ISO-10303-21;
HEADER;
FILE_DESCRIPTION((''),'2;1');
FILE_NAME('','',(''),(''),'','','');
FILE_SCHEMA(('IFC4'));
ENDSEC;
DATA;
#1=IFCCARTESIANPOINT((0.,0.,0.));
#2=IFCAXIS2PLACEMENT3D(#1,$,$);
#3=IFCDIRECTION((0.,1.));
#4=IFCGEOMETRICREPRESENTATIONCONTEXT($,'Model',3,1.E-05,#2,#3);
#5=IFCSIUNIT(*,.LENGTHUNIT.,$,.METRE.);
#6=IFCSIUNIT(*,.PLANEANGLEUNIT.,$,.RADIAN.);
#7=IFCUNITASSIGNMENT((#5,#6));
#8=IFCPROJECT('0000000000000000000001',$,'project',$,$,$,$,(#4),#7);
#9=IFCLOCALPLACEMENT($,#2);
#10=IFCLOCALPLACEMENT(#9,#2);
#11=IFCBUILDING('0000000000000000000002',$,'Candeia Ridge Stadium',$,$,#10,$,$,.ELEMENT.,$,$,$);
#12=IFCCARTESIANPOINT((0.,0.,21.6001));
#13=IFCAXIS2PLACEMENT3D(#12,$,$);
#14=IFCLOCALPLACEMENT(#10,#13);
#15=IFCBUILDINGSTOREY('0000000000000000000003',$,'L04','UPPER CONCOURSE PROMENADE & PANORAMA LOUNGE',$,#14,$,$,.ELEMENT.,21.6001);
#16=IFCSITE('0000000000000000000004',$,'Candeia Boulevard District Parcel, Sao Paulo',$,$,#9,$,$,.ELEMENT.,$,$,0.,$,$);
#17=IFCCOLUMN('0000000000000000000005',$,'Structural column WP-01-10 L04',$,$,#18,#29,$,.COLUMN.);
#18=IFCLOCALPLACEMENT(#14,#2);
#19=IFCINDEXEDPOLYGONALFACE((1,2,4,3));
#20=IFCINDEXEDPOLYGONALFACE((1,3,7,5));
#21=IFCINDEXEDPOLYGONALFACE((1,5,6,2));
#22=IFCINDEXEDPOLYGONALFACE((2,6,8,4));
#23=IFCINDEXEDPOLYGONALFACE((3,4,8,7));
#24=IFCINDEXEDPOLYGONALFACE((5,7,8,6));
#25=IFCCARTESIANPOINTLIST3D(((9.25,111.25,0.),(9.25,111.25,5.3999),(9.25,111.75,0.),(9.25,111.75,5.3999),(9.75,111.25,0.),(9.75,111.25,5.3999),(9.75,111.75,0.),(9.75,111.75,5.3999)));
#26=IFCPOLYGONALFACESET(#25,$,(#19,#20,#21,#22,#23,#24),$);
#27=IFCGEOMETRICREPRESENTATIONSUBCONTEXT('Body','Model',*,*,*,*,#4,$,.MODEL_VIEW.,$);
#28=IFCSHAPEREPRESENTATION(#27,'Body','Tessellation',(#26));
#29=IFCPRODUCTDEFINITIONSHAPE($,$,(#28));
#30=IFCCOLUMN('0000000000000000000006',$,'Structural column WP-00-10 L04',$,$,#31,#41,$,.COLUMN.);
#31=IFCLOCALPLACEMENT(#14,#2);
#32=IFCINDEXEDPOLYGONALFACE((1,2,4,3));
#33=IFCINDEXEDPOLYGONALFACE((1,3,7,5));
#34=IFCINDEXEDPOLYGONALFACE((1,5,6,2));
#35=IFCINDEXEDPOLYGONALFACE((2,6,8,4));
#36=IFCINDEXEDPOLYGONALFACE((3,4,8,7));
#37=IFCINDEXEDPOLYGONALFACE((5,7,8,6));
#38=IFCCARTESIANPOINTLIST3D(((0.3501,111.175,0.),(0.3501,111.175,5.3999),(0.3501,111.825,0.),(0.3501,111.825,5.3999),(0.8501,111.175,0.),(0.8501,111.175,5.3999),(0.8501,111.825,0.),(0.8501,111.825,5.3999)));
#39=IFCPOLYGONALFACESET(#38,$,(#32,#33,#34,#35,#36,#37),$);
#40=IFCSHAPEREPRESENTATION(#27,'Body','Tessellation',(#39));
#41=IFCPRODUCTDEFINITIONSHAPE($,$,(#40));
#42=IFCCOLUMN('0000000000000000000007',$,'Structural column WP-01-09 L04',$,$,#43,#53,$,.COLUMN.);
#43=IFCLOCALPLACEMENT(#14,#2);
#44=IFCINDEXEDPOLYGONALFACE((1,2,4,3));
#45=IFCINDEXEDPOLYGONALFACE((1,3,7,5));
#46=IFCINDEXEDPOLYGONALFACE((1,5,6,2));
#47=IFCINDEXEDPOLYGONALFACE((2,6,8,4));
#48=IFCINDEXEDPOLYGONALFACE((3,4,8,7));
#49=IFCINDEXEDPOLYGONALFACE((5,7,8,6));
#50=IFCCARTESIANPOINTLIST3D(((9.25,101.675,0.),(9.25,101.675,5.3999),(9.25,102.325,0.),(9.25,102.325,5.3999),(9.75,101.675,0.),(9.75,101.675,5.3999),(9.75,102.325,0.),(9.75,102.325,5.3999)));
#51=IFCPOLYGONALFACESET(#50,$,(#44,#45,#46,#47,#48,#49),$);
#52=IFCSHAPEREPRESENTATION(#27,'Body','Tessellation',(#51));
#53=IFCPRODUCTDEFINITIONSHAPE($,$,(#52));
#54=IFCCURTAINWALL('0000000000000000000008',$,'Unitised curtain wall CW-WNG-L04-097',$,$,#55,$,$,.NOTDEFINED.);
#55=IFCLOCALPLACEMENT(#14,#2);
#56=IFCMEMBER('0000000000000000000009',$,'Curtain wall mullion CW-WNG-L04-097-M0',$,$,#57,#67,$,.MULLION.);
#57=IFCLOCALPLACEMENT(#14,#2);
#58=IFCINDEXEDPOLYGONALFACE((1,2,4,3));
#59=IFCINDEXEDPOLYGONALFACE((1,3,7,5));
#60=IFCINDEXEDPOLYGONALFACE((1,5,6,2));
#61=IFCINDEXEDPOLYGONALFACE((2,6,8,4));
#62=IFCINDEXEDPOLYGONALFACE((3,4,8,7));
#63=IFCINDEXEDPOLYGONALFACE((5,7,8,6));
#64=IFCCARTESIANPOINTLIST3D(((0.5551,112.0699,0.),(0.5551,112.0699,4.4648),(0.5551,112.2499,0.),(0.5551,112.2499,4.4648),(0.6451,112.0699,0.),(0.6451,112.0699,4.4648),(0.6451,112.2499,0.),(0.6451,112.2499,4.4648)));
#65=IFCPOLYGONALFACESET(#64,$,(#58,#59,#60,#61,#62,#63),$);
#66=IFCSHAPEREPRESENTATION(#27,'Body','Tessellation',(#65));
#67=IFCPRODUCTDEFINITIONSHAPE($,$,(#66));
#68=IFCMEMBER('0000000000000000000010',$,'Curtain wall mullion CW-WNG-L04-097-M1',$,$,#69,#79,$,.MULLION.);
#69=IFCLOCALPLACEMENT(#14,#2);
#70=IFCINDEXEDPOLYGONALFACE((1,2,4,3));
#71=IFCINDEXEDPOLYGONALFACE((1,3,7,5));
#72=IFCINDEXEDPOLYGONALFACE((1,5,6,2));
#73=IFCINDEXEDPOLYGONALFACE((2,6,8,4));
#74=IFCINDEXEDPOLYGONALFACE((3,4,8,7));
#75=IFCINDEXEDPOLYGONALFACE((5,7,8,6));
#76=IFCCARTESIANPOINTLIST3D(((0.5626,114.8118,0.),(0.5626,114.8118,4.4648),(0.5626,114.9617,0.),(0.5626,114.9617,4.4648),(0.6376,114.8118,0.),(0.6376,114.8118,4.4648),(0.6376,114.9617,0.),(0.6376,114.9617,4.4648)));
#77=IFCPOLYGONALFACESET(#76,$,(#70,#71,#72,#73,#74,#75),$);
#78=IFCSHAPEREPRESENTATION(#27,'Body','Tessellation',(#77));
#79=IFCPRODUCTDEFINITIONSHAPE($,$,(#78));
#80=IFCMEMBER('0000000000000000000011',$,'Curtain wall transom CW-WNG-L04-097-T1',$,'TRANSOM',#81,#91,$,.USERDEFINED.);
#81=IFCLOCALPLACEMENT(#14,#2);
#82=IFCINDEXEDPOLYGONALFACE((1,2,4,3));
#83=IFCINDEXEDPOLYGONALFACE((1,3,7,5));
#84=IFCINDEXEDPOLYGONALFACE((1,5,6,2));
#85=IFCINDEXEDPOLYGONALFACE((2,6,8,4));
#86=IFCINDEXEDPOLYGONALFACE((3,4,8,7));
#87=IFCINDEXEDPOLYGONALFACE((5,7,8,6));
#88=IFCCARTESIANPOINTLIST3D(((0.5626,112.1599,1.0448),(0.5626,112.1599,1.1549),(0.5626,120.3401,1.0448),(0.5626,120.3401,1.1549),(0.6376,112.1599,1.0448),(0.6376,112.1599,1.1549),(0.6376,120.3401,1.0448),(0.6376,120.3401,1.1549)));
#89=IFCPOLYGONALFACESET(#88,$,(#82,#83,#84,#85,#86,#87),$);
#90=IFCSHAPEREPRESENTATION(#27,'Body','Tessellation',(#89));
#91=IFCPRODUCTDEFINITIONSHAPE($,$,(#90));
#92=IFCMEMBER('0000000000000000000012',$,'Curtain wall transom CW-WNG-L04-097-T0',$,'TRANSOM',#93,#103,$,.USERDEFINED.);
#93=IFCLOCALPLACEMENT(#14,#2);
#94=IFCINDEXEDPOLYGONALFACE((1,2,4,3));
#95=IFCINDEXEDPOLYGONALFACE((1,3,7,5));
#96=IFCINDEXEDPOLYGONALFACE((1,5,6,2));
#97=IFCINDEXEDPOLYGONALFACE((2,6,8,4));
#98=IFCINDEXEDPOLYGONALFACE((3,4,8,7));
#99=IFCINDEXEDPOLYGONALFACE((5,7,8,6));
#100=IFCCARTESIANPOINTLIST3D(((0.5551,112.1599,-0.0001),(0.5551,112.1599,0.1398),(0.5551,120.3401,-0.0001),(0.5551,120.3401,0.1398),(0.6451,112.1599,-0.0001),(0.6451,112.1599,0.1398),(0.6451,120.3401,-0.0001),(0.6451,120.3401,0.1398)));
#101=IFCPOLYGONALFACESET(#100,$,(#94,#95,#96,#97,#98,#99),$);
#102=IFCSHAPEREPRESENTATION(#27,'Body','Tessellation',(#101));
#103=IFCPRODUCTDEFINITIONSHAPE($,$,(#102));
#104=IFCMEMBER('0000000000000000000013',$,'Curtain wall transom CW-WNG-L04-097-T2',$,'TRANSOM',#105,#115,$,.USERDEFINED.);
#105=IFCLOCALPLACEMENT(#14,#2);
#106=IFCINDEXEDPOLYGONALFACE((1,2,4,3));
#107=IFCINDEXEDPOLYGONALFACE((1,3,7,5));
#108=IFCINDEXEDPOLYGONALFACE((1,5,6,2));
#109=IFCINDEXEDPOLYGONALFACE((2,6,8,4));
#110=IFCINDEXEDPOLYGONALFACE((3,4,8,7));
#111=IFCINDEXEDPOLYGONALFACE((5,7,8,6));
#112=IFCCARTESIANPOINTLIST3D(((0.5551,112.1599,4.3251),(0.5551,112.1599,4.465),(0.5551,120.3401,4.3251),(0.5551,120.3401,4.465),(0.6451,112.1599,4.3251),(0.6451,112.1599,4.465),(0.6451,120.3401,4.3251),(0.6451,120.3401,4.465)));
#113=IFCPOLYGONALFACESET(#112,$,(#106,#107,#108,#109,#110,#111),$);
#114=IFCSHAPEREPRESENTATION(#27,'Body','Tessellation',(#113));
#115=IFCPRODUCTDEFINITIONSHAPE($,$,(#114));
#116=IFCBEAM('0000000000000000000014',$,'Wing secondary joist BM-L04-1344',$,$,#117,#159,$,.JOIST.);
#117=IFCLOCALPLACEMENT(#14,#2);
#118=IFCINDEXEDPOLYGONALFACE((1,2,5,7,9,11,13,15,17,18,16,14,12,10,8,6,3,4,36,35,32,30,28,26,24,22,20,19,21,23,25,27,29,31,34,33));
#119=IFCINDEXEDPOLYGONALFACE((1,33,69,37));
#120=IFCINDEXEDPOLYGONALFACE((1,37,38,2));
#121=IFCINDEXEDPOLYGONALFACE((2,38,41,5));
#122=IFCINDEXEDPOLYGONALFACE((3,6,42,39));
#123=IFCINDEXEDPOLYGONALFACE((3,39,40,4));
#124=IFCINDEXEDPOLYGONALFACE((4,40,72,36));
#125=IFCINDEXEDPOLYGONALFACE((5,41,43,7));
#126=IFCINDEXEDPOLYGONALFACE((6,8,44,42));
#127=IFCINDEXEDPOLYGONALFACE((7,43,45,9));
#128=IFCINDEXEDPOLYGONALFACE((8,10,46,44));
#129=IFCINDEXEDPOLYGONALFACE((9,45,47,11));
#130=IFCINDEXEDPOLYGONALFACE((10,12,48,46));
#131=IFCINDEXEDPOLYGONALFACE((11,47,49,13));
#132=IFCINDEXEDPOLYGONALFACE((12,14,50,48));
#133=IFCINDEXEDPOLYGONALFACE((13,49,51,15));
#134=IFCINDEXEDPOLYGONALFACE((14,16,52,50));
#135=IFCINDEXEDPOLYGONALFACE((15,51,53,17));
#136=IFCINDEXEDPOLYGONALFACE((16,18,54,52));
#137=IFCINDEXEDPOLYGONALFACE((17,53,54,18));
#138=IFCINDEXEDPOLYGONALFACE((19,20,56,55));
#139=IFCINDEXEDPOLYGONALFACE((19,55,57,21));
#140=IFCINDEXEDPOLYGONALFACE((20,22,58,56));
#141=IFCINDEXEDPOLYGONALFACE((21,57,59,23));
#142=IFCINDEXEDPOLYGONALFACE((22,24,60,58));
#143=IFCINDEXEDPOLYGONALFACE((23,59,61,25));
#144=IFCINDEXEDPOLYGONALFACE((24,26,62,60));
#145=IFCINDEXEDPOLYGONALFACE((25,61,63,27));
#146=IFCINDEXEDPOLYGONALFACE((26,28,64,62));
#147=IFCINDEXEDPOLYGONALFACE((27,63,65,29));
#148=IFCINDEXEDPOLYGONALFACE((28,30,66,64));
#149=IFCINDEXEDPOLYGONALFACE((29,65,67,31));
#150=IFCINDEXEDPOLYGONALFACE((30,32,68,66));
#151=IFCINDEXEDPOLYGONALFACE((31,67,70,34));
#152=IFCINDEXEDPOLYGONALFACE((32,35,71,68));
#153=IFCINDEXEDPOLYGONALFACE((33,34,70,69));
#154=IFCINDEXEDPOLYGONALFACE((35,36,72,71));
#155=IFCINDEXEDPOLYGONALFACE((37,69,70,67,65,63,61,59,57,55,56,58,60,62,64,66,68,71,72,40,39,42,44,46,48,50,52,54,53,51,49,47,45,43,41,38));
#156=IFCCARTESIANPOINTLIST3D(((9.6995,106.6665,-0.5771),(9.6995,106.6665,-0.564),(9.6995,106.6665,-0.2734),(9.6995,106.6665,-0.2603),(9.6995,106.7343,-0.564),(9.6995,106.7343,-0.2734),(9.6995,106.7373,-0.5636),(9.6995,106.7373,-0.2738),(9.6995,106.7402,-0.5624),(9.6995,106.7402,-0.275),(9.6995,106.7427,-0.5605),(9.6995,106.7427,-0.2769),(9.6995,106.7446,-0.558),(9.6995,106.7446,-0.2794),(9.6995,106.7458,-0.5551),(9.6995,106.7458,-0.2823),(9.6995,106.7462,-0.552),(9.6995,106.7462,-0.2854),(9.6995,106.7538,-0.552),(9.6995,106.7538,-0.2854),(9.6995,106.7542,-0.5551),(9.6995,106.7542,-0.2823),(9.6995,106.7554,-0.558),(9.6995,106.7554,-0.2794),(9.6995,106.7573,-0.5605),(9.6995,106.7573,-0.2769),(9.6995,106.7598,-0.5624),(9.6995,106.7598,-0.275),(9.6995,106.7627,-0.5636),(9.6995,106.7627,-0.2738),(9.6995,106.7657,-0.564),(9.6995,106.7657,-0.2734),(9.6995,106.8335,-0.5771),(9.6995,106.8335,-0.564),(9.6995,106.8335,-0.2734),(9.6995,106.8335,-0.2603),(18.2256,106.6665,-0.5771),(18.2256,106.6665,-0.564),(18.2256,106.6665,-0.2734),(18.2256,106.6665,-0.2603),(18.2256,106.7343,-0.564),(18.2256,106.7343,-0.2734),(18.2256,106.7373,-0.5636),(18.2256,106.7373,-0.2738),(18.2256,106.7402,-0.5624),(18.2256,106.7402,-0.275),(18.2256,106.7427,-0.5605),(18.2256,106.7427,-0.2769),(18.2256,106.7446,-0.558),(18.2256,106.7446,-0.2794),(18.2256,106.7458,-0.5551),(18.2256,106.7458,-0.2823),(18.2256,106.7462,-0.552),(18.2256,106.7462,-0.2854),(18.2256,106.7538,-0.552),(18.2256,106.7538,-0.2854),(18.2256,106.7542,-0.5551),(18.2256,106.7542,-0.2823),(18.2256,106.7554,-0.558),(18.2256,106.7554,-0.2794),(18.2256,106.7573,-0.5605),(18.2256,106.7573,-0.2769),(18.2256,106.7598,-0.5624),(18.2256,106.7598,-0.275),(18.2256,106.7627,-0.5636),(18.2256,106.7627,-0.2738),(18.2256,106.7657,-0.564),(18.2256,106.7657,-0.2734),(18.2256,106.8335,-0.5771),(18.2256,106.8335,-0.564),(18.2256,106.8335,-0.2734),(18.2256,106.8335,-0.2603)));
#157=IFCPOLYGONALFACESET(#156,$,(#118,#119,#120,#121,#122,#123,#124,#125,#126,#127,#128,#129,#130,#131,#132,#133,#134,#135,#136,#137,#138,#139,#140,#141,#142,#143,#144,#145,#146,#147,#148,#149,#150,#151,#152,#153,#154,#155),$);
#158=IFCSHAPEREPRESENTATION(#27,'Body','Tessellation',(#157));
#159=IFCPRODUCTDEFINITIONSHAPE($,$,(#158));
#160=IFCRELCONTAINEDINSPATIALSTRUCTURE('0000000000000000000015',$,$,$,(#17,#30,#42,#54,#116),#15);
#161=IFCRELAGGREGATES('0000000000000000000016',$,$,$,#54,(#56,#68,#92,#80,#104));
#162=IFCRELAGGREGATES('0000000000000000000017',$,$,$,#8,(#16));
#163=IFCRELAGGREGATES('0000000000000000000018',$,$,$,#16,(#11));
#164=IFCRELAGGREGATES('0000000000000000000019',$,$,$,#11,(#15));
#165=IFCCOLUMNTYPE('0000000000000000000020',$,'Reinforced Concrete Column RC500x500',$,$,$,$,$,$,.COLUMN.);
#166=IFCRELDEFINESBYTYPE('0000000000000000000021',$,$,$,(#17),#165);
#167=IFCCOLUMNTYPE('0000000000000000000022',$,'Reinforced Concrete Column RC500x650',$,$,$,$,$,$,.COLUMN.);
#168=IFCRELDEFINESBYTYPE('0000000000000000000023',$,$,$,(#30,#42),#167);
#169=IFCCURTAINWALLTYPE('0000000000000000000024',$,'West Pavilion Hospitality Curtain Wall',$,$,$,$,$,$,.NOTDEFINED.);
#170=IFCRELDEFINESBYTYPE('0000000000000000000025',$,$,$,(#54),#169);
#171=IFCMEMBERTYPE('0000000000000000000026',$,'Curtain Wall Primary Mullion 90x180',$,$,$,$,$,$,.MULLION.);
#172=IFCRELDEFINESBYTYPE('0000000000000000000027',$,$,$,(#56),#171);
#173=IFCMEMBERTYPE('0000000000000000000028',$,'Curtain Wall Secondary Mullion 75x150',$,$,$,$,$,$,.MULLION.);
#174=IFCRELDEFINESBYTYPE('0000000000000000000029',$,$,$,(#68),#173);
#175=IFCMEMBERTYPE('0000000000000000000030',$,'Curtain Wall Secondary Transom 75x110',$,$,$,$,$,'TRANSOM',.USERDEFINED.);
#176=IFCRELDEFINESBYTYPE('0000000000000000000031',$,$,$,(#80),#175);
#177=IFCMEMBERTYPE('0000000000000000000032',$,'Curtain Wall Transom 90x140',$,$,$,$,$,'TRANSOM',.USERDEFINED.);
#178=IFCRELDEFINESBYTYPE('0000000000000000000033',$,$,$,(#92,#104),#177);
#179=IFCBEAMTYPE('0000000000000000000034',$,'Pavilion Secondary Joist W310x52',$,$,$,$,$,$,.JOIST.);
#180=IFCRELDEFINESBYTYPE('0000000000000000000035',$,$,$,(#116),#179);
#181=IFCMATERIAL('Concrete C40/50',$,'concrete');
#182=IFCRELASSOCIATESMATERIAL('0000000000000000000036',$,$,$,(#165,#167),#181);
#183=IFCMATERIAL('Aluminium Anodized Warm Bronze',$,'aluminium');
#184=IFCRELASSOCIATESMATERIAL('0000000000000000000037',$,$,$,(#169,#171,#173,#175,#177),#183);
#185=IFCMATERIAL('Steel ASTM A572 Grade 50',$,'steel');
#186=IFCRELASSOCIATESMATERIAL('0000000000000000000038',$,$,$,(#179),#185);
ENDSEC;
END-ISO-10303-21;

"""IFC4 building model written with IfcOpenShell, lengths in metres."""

from ifc_helpers import new_model, si_unit, direction, frame, origin, origin_2d, place, context, subcontext, project, spatial, rectangle, i_section, extrude, material, material_profile, profile_set, type_object, element, aggregate, save


model = new_model("IFC4")

# Units and contexts
model_context = context("Model", 3, precision=1e-05, world=origin(), true_north=direction((0.0, 1.0)))
body_context = subcontext(model_context, "Body", "Model", "MODEL_VIEW")
ifc_project = project(units=[si_unit("LENGTHUNIT", "METRE"), si_unit("PLANEANGLEUNIT", "RADIAN")], contexts=[model_context])

# Site, building, storey
site_placement = place(None, origin())
site = spatial("IfcSite", under=ifc_project, at=site_placement, Name="Candeia Boulevard District Parcel, Sao Paulo", CompositionType="ELEMENT", RefElevation=0.0)
building_placement = place(site_placement, origin())
building = spatial("IfcBuilding", under=site, at=building_placement, Name="Candeia Ridge Stadium", CompositionType="ELEMENT")
storey_placement = place(building_placement, frame((0.0, 0.0, 21.6001)))
storey = spatial("IfcBuildingStorey", under=building, at=storey_placement, Name="L04", Description="UPPER CONCOURSE PROMENADE & PANORAMA LOUNGE", CompositionType="ELEMENT", Elevation=21.6001)

# Columns
ifc_material_1 = material(Name="Concrete C40/50", Category="concrete")
ifc_material_profile_1 = material_profile(ifc_material_1, rectangle(XDim=0.5, YDim=0.5, at=origin_2d()), Name="RC500x500", Category="concrete")
ifc_profile_set_1 = profile_set([ifc_material_profile_1], Name="Concrete C40/50")
column_type_1 = type_object("IfcColumnType", Name="Reinforced Concrete Column RC500x500", PredefinedType="COLUMN", material=ifc_profile_set_1)
column_placement = place(storey_placement, frame((9.5, 111.5, 0.0), z_axis=(0.0, 0.0, 1.0), x_axis=(1.0, 0.0, 0.0)))
element("IfcColumn", 1, at=column_placement, inside=storey, type_object=column_type_1, Name="Structural column WP-01-10 L04", PredefinedType="COLUMN", context=body_context, shape_type="SweptSolid", body=[
    extrude(rectangle(XDim=0.5, YDim=0.5, at=origin_2d()), origin(), (0.0, 0.0, 1.0), 5.3999),
])
ifc_material_profile_2 = material_profile(ifc_material_1, rectangle(XDim=0.5, YDim=0.6499, at=origin_2d()), Name="RC500x650", Category="concrete")
ifc_profile_set_2 = profile_set([ifc_material_profile_2], Name="Concrete C40/50")
column_type_2 = type_object("IfcColumnType", Name="Reinforced Concrete Column RC500x650", PredefinedType="COLUMN", material=ifc_profile_set_2)
for number, where, z_axis, x_axis, name in (
    (2, (0.6001, 111.5, 0.0), (0.0, 0.0, 1.0), (1.0, 0.0, 0.0), "Structural column WP-00-10 L04"),
    (3, (9.5, 102.0, 0.0), (0.0, 0.0, 1.0), (1.0, 0.0, 0.0), "Structural column WP-01-09 L04"),
):
    element("IfcColumn", number, at=place(storey_placement, frame(where, z_axis=z_axis, x_axis=x_axis)), inside=storey, type_object=column_type_2, Name=name, PredefinedType="COLUMN", context=body_context, shape_type="SweptSolid", body=[
        extrude(rectangle(XDim=0.5, YDim=0.6499, at=origin_2d()), origin(), (0.0, 0.0, 1.0), 5.3999),
    ])

# Curtain wall, members
ifc_material_2 = material(Name="Aluminium Anodized Warm Bronze", Category="aluminium")
curtain_wall_type = type_object("IfcCurtainWallType", Name="West Pavilion Hospitality Curtain Wall", PredefinedType="NOTDEFINED", material=ifc_material_2)
curtain_wall_placement = place(storey_placement, origin())
curtain_wall = element("IfcCurtainWall", 4, at=curtain_wall_placement, inside=storey, type_object=curtain_wall_type, Name="Unitised curtain wall CW-WNG-L04-097", PredefinedType="NOTDEFINED")
ifc_material_profile_3 = material_profile(ifc_material_2, rectangle(XDim=0.0901, YDim=0.1799, at=origin_2d()), Name="CWM-90x180", Category="aluminium")
ifc_profile_set_3 = profile_set([ifc_material_profile_3], Name="Aluminium Anodized Warm Bronze")
member_type_1 = type_object("IfcMemberType", Name="Curtain Wall Primary Mullion 90x180", PredefinedType="MULLION", material=ifc_profile_set_3)
member_1_placement = place(storey_placement, frame((0.6001, 112.1599, 0.0), z_axis=(0.0, 0.0, 1.0), x_axis=(1.0, 0.0, 0.0)))
member_1 = element("IfcMember", 5, at=member_1_placement, type_object=member_type_1, Name="Curtain wall mullion CW-WNG-L04-097-M0", PredefinedType="MULLION", context=body_context, shape_type="SweptSolid", body=[
    extrude(rectangle(XDim=0.0901, YDim=0.1799, at=origin_2d()), origin(), (0.0, 0.0, 1.0), 4.4648),
])
ifc_material_profile_4 = material_profile(ifc_material_2, rectangle(XDim=0.075, YDim=0.1499, at=origin_2d()), Name="CWM-75x150", Category="aluminium")
ifc_profile_set_4 = profile_set([ifc_material_profile_4], Name="Aluminium Anodized Warm Bronze")
member_type_2 = type_object("IfcMemberType", Name="Curtain Wall Secondary Mullion 75x150", PredefinedType="MULLION", material=ifc_profile_set_4)
member_2_placement = place(storey_placement, frame((0.6001, 114.8867, 0.0), z_axis=(0.0, 0.0, 1.0), x_axis=(1.0, 0.0, 0.0)))
member_2 = element("IfcMember", 6, at=member_2_placement, type_object=member_type_2, Name="Curtain wall mullion CW-WNG-L04-097-M1", PredefinedType="MULLION", context=body_context, shape_type="SweptSolid", body=[
    extrude(rectangle(XDim=0.075, YDim=0.1499, at=origin_2d()), origin(), (0.0, 0.0, 1.0), 4.4648),
])
ifc_material_profile_5 = material_profile(ifc_material_2, rectangle(XDim=0.075, YDim=0.1101, at=origin_2d()), Name="CWT-75x110", Category="aluminium")
ifc_profile_set_5 = profile_set([ifc_material_profile_5], Name="Aluminium Anodized Warm Bronze")
member_type_3 = type_object("IfcMemberType", Name="Curtain Wall Secondary Transom 75x110", ElementType="TRANSOM", PredefinedType="USERDEFINED", material=ifc_profile_set_5)
member_3_placement = place(storey_placement, frame((0.6001, 112.1599, 1.0999), z_axis=(0.0, 1.0, 0.0), x_axis=(-1.0, 0.0, 0.0)))
member_3 = element("IfcMember", 7, at=member_3_placement, type_object=member_type_3, Name="Curtain wall transom CW-WNG-L04-097-T1", ObjectType="TRANSOM", PredefinedType="USERDEFINED", context=body_context, shape_type="SweptSolid", body=[
    extrude(rectangle(XDim=0.075, YDim=0.1101, at=origin_2d()), origin(), (0.0, 0.0, 1.0), 8.1802),
])
ifc_material_profile_6 = material_profile(ifc_material_2, rectangle(XDim=0.0901, YDim=0.1399, at=origin_2d()), Name="CWT-90x140", Category="aluminium")
ifc_profile_set_6 = profile_set([ifc_material_profile_6], Name="Aluminium Anodized Warm Bronze")
member_type_4 = type_object("IfcMemberType", Name="Curtain Wall Transom 90x140", ElementType="TRANSOM", PredefinedType="USERDEFINED", material=ifc_profile_set_6)
member_4_placement = place(storey_placement, frame((0.6001, 112.1599, 0.0698), z_axis=(0.0, 1.0, 0.0), x_axis=(-1.0, 0.0, 0.0)))
member_4 = element("IfcMember", 8, at=member_4_placement, type_object=member_type_4, Name="Curtain wall transom CW-WNG-L04-097-T0", ObjectType="TRANSOM", PredefinedType="USERDEFINED", context=body_context, shape_type="SweptSolid", body=[
    extrude(rectangle(XDim=0.0901, YDim=0.1399, at=origin_2d()), origin(), (0.0, 0.0, 1.0), 8.1802),
])
member_5_placement = place(storey_placement, frame((0.6001, 112.1599, 4.395), z_axis=(0.0, 1.0, 0.0), x_axis=(-1.0, 0.0, 0.0)))
member_5 = element("IfcMember", 9, at=member_5_placement, type_object=member_type_4, Name="Curtain wall transom CW-WNG-L04-097-T2", ObjectType="TRANSOM", PredefinedType="USERDEFINED", context=body_context, shape_type="SweptSolid", body=[
    extrude(rectangle(XDim=0.0901, YDim=0.1399, at=origin_2d()), origin(), (0.0, 0.0, 1.0), 8.1802),
])

# Beam
ifc_material_3 = material(Name="Steel ASTM A572 Grade 50", Category="steel")
ifc_material_profile_7 = material_profile(ifc_material_3, i_section(OverallWidth=0.167, OverallDepth=0.3169, WebThickness=0.0076, FlangeThickness=0.0132, FilletRadius=0.012, at=origin_2d()), Name="W310x52", Category="steel")
ifc_profile_set_7 = profile_set([ifc_material_profile_7], Name="Steel ASTM A572 Grade 50")
beam_type_1 = type_object("IfcBeamType", Name="Pavilion Secondary Joist W310x52", PredefinedType="JOIST", material=ifc_profile_set_7)
beam_placement = place(storey_placement, frame((9.6995, 106.75, -0.4187), z_axis=(1.0, 0.0, 0.0), x_axis=(0.0, 1.0, 0.0)))
element("IfcBeam", 10, at=beam_placement, inside=storey, type_object=beam_type_1, Name="Wing secondary joist BM-L04-1344", PredefinedType="JOIST", context=body_context, shape_type="SweptSolid", body=[
    extrude(i_section(OverallWidth=0.167, OverallDepth=0.3169, WebThickness=0.0076, FlangeThickness=0.0132, FilletRadius=0.012, at=origin_2d()), origin(), (0.0, 0.0, 1.0), 8.5261),
])

aggregate(curtain_wall, [member_1, member_2, member_4, member_3, member_5])

save(model, "model.ifc")
